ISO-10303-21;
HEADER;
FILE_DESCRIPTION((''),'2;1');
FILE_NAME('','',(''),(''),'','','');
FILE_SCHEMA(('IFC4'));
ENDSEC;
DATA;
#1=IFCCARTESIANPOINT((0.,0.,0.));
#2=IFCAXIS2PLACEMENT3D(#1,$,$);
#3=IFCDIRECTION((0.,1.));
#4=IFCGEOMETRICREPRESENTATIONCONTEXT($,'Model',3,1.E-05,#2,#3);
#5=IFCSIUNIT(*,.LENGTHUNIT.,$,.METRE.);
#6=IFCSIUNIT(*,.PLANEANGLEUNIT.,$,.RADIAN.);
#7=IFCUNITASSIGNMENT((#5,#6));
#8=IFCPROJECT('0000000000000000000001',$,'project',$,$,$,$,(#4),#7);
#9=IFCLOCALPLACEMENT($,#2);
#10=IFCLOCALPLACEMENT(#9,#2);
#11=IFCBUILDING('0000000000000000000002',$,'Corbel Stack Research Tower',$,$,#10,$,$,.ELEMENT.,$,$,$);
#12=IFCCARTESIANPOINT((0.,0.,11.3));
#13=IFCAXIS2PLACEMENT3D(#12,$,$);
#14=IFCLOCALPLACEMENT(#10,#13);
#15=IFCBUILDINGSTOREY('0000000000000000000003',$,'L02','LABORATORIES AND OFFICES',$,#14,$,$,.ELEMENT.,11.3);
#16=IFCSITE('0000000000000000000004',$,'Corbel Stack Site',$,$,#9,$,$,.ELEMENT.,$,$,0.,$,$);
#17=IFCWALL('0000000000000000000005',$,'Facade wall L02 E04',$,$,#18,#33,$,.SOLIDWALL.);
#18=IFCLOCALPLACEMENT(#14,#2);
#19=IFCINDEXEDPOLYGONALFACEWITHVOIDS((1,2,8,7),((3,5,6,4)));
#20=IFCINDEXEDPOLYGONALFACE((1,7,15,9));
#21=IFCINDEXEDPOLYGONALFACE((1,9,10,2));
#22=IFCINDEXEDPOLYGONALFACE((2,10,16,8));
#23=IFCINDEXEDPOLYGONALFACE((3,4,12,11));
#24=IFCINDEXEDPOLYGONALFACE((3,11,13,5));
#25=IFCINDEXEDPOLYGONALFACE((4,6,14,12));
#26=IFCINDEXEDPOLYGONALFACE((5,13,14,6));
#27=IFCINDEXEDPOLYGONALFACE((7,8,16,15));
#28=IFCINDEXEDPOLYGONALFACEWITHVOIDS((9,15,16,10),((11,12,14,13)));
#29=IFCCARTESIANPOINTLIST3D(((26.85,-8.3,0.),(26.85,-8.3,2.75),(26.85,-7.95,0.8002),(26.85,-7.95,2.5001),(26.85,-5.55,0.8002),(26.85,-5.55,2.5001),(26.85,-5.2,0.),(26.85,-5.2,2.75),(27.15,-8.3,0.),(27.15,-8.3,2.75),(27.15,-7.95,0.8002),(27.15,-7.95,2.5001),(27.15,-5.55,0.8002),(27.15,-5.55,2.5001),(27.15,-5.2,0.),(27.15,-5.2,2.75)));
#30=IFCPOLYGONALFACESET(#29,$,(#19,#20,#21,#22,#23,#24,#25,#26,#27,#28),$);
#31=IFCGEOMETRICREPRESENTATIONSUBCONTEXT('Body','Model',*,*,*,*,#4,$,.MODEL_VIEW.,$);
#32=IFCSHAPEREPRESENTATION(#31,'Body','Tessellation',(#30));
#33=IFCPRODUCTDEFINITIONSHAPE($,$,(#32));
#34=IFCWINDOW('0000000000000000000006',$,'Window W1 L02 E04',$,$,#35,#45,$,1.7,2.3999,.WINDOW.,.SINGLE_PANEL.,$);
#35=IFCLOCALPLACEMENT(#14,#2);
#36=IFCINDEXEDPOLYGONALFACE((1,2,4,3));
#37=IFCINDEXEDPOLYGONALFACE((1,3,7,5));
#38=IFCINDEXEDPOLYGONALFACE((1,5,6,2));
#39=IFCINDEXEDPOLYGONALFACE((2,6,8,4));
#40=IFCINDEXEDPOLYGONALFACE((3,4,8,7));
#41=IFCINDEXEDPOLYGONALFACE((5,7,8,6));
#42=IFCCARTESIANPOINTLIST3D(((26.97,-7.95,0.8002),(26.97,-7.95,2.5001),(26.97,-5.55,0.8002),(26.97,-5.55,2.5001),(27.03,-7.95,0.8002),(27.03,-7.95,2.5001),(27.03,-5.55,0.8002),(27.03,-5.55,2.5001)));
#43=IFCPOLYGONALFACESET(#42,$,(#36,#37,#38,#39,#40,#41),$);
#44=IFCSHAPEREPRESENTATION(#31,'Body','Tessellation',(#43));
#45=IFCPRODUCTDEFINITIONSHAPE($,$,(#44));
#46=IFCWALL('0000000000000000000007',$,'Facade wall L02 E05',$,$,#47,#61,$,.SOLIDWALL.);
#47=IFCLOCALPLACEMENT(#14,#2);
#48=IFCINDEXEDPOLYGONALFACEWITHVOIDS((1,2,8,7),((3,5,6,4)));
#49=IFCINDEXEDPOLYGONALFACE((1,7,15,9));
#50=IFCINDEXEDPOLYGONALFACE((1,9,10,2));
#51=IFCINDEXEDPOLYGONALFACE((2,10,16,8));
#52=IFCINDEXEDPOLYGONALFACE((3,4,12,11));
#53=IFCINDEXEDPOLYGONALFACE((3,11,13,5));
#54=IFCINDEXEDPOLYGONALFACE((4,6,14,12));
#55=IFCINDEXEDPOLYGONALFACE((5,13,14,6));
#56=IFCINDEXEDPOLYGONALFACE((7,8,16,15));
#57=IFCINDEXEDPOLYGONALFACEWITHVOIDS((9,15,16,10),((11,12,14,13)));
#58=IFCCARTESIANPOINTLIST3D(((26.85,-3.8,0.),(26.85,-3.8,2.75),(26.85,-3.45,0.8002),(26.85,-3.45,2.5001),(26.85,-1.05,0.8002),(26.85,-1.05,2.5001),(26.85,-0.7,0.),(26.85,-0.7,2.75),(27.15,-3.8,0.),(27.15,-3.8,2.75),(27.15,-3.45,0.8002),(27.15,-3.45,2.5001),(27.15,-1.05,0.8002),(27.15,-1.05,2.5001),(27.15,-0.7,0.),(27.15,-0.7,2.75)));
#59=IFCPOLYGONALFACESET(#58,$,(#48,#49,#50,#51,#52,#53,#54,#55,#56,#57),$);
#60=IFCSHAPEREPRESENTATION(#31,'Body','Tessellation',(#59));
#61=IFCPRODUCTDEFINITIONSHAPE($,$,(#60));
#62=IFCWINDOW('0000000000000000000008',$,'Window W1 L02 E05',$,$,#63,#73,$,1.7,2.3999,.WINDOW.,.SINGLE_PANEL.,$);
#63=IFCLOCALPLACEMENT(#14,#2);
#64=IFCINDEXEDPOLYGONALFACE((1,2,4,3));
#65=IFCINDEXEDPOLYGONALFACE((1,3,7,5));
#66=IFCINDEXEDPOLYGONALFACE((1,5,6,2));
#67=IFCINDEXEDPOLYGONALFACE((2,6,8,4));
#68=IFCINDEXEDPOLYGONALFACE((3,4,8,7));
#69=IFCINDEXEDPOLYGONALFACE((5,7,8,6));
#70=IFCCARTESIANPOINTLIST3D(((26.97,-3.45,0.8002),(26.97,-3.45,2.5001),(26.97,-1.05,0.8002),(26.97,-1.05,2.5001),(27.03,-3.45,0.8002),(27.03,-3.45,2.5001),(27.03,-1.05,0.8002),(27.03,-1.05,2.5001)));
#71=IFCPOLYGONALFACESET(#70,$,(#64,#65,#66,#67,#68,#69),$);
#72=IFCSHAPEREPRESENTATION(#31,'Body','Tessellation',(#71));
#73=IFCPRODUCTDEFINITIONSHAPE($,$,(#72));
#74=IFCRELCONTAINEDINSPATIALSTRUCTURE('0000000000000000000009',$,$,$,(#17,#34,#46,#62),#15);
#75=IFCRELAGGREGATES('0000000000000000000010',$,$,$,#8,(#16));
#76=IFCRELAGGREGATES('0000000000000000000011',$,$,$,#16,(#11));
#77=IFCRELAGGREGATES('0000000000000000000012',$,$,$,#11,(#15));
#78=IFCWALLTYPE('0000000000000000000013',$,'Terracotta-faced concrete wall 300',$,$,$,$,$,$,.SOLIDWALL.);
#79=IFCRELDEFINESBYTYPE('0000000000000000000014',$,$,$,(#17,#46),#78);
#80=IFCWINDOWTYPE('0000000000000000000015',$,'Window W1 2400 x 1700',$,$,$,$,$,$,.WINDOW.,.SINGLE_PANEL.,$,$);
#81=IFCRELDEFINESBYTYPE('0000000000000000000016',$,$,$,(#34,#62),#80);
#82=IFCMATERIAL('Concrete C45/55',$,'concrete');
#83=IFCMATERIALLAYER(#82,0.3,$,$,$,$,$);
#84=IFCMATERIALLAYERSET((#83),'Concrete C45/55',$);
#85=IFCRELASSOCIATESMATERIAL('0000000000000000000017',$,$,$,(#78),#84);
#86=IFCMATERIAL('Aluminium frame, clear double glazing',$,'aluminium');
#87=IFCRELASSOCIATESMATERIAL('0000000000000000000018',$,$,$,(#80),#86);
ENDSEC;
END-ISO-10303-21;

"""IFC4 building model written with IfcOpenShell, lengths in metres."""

from ifc_helpers import new_model, si_unit, direction, frame, frame_2d, origin, place, context, subcontext, project, spatial, rectangle, extrude, material, layer, layer_set, type_object, element, fill, save


model = new_model("IFC4")

# Units and contexts
model_context = context("Model", 3, precision=1e-05, world=origin(), true_north=direction((0.0, 1.0)))
body_context = subcontext(model_context, "Body", "Model", "MODEL_VIEW")
ifc_project = project(units=[si_unit("LENGTHUNIT", "METRE"), si_unit("PLANEANGLEUNIT", "RADIAN")], contexts=[model_context])

# Site, building, storey
site_placement = place(None, origin())
site = spatial("IfcSite", under=ifc_project, at=site_placement, Name="Corbel Stack Site", CompositionType="ELEMENT", RefElevation=0.0)
building_placement = place(site_placement, origin())
building = spatial("IfcBuilding", under=site, at=building_placement, Name="Corbel Stack Research Tower", CompositionType="ELEMENT")
storey_placement = place(building_placement, frame((0.0, 0.0, 11.3)))
storey = spatial("IfcBuildingStorey", under=building, at=storey_placement, Name="L02", Description="LABORATORIES AND OFFICES", CompositionType="ELEMENT", Elevation=11.3)

# Shared definitions
ifc_material_1 = material(Name="Concrete C45/55", Category="concrete")
ifc_layer = layer(ifc_material_1, 0.3)
ifc_layer_set = layer_set([ifc_layer], Name="Concrete C45/55")
wall_type = type_object("IfcWallType", Name="Terracotta-faced concrete wall 300", PredefinedType="SOLIDWALL", material=ifc_layer_set)

# Walls, openings, windows
wall_1_placement = place(storey_placement, frame((27.0, -5.2, 0.0), z_axis=(0.0, 0.0, 1.0), x_axis=(0.0, -1.0, 0.0)))
wall_1 = element("IfcWall", 1, at=wall_1_placement, inside=storey, type_object=wall_type, Name="Facade wall L02 E04", PredefinedType="SOLIDWALL", context=body_context, shape_type="SweptSolid", body=[
    extrude(rectangle(XDim=3.1001, YDim=0.3, at=frame_2d((1.55, 0.0))), origin(), (0.0, 0.0, 1.0), 2.75),
])
opening_1_placement = place(wall_1_placement, frame((0.3501, 0.0, 0.8)))
opening_1 = element("IfcOpeningElement", 2, at=opening_1_placement, cuts=wall_1, PredefinedType="OPENING", context=body_context, shape_type="SweptSolid", body=[
    extrude(rectangle(XDim=2.3999, YDim=1.7, at=frame_2d((1.2, 0.8501))), frame((0.0, 0.1599, 0.0), z_axis=(0.0, -1.0, 0.0), x_axis=(1.0, 0.0, 0.0)), (0.0, 0.0, 1.0), 0.3201),
])
ifc_material_2 = material(Name="Aluminium frame, clear double glazing", Category="aluminium")
window_type_1 = type_object("IfcWindowType", Name="Window W1 2400 x 1700", PartitioningType="SINGLE_PANEL", PredefinedType="WINDOW", material=ifc_material_2)
window_1_placement = place(opening_1_placement, origin())
window_1 = element("IfcWindow", 3, at=window_1_placement, inside=storey, type_object=window_type_1, Name="Window W1 L02 E04", OverallHeight=1.7, OverallWidth=2.3999, PartitioningType="SINGLE_PANEL", PredefinedType="WINDOW", context=body_context, shape_type="SweptSolid", body=[
    extrude(rectangle(XDim=2.3999, YDim=1.7, at=frame_2d((1.2, 0.8501))), frame((0.0, 0.03, 0.0), z_axis=(0.0, -1.0, 0.0), x_axis=(1.0, 0.0, 0.0)), (0.0, 0.0, 1.0), 0.0601),
])
fill(opening_1, window_1)
wall_2_placement = place(storey_placement, frame((27.0, -0.7, 0.0), z_axis=(0.0, 0.0, 1.0), x_axis=(0.0, -1.0, 0.0)))
wall_2 = element("IfcWall", 4, at=wall_2_placement, inside=storey, type_object=wall_type, Name="Facade wall L02 E05", PredefinedType="SOLIDWALL", context=body_context, shape_type="SweptSolid", body=[
    extrude(rectangle(XDim=3.1001, YDim=0.3, at=frame_2d((1.55, 0.0))), origin(), (0.0, 0.0, 1.0), 2.75),
])
opening_2_placement = place(wall_2_placement, frame((0.3501, 0.0, 0.8)))
opening_2 = element("IfcOpeningElement", 5, at=opening_2_placement, cuts=wall_2, PredefinedType="OPENING", context=body_context, shape_type="SweptSolid", body=[
    extrude(rectangle(XDim=2.3999, YDim=1.7, at=frame_2d((1.2, 0.8501))), frame((0.0, 0.1599, 0.0), z_axis=(0.0, -1.0, 0.0), x_axis=(1.0, 0.0, 0.0)), (0.0, 0.0, 1.0), 0.3201),
])
window_2_placement = place(opening_2_placement, origin())
window_2 = element("IfcWindow", 6, at=window_2_placement, inside=storey, type_object=window_type_1, Name="Window W1 L02 E05", OverallHeight=1.7, OverallWidth=2.3999, PartitioningType="SINGLE_PANEL", PredefinedType="WINDOW", context=body_context, shape_type="SweptSolid", body=[
    extrude(rectangle(XDim=2.3999, YDim=1.7, at=frame_2d((1.2, 0.8501))), frame((0.0, 0.03, 0.0), z_axis=(0.0, -1.0, 0.0), x_axis=(1.0, 0.0, 0.0)), (0.0, 0.0, 1.0), 0.0601),
])
fill(opening_2, window_2)

save(model, "model.ifc")
